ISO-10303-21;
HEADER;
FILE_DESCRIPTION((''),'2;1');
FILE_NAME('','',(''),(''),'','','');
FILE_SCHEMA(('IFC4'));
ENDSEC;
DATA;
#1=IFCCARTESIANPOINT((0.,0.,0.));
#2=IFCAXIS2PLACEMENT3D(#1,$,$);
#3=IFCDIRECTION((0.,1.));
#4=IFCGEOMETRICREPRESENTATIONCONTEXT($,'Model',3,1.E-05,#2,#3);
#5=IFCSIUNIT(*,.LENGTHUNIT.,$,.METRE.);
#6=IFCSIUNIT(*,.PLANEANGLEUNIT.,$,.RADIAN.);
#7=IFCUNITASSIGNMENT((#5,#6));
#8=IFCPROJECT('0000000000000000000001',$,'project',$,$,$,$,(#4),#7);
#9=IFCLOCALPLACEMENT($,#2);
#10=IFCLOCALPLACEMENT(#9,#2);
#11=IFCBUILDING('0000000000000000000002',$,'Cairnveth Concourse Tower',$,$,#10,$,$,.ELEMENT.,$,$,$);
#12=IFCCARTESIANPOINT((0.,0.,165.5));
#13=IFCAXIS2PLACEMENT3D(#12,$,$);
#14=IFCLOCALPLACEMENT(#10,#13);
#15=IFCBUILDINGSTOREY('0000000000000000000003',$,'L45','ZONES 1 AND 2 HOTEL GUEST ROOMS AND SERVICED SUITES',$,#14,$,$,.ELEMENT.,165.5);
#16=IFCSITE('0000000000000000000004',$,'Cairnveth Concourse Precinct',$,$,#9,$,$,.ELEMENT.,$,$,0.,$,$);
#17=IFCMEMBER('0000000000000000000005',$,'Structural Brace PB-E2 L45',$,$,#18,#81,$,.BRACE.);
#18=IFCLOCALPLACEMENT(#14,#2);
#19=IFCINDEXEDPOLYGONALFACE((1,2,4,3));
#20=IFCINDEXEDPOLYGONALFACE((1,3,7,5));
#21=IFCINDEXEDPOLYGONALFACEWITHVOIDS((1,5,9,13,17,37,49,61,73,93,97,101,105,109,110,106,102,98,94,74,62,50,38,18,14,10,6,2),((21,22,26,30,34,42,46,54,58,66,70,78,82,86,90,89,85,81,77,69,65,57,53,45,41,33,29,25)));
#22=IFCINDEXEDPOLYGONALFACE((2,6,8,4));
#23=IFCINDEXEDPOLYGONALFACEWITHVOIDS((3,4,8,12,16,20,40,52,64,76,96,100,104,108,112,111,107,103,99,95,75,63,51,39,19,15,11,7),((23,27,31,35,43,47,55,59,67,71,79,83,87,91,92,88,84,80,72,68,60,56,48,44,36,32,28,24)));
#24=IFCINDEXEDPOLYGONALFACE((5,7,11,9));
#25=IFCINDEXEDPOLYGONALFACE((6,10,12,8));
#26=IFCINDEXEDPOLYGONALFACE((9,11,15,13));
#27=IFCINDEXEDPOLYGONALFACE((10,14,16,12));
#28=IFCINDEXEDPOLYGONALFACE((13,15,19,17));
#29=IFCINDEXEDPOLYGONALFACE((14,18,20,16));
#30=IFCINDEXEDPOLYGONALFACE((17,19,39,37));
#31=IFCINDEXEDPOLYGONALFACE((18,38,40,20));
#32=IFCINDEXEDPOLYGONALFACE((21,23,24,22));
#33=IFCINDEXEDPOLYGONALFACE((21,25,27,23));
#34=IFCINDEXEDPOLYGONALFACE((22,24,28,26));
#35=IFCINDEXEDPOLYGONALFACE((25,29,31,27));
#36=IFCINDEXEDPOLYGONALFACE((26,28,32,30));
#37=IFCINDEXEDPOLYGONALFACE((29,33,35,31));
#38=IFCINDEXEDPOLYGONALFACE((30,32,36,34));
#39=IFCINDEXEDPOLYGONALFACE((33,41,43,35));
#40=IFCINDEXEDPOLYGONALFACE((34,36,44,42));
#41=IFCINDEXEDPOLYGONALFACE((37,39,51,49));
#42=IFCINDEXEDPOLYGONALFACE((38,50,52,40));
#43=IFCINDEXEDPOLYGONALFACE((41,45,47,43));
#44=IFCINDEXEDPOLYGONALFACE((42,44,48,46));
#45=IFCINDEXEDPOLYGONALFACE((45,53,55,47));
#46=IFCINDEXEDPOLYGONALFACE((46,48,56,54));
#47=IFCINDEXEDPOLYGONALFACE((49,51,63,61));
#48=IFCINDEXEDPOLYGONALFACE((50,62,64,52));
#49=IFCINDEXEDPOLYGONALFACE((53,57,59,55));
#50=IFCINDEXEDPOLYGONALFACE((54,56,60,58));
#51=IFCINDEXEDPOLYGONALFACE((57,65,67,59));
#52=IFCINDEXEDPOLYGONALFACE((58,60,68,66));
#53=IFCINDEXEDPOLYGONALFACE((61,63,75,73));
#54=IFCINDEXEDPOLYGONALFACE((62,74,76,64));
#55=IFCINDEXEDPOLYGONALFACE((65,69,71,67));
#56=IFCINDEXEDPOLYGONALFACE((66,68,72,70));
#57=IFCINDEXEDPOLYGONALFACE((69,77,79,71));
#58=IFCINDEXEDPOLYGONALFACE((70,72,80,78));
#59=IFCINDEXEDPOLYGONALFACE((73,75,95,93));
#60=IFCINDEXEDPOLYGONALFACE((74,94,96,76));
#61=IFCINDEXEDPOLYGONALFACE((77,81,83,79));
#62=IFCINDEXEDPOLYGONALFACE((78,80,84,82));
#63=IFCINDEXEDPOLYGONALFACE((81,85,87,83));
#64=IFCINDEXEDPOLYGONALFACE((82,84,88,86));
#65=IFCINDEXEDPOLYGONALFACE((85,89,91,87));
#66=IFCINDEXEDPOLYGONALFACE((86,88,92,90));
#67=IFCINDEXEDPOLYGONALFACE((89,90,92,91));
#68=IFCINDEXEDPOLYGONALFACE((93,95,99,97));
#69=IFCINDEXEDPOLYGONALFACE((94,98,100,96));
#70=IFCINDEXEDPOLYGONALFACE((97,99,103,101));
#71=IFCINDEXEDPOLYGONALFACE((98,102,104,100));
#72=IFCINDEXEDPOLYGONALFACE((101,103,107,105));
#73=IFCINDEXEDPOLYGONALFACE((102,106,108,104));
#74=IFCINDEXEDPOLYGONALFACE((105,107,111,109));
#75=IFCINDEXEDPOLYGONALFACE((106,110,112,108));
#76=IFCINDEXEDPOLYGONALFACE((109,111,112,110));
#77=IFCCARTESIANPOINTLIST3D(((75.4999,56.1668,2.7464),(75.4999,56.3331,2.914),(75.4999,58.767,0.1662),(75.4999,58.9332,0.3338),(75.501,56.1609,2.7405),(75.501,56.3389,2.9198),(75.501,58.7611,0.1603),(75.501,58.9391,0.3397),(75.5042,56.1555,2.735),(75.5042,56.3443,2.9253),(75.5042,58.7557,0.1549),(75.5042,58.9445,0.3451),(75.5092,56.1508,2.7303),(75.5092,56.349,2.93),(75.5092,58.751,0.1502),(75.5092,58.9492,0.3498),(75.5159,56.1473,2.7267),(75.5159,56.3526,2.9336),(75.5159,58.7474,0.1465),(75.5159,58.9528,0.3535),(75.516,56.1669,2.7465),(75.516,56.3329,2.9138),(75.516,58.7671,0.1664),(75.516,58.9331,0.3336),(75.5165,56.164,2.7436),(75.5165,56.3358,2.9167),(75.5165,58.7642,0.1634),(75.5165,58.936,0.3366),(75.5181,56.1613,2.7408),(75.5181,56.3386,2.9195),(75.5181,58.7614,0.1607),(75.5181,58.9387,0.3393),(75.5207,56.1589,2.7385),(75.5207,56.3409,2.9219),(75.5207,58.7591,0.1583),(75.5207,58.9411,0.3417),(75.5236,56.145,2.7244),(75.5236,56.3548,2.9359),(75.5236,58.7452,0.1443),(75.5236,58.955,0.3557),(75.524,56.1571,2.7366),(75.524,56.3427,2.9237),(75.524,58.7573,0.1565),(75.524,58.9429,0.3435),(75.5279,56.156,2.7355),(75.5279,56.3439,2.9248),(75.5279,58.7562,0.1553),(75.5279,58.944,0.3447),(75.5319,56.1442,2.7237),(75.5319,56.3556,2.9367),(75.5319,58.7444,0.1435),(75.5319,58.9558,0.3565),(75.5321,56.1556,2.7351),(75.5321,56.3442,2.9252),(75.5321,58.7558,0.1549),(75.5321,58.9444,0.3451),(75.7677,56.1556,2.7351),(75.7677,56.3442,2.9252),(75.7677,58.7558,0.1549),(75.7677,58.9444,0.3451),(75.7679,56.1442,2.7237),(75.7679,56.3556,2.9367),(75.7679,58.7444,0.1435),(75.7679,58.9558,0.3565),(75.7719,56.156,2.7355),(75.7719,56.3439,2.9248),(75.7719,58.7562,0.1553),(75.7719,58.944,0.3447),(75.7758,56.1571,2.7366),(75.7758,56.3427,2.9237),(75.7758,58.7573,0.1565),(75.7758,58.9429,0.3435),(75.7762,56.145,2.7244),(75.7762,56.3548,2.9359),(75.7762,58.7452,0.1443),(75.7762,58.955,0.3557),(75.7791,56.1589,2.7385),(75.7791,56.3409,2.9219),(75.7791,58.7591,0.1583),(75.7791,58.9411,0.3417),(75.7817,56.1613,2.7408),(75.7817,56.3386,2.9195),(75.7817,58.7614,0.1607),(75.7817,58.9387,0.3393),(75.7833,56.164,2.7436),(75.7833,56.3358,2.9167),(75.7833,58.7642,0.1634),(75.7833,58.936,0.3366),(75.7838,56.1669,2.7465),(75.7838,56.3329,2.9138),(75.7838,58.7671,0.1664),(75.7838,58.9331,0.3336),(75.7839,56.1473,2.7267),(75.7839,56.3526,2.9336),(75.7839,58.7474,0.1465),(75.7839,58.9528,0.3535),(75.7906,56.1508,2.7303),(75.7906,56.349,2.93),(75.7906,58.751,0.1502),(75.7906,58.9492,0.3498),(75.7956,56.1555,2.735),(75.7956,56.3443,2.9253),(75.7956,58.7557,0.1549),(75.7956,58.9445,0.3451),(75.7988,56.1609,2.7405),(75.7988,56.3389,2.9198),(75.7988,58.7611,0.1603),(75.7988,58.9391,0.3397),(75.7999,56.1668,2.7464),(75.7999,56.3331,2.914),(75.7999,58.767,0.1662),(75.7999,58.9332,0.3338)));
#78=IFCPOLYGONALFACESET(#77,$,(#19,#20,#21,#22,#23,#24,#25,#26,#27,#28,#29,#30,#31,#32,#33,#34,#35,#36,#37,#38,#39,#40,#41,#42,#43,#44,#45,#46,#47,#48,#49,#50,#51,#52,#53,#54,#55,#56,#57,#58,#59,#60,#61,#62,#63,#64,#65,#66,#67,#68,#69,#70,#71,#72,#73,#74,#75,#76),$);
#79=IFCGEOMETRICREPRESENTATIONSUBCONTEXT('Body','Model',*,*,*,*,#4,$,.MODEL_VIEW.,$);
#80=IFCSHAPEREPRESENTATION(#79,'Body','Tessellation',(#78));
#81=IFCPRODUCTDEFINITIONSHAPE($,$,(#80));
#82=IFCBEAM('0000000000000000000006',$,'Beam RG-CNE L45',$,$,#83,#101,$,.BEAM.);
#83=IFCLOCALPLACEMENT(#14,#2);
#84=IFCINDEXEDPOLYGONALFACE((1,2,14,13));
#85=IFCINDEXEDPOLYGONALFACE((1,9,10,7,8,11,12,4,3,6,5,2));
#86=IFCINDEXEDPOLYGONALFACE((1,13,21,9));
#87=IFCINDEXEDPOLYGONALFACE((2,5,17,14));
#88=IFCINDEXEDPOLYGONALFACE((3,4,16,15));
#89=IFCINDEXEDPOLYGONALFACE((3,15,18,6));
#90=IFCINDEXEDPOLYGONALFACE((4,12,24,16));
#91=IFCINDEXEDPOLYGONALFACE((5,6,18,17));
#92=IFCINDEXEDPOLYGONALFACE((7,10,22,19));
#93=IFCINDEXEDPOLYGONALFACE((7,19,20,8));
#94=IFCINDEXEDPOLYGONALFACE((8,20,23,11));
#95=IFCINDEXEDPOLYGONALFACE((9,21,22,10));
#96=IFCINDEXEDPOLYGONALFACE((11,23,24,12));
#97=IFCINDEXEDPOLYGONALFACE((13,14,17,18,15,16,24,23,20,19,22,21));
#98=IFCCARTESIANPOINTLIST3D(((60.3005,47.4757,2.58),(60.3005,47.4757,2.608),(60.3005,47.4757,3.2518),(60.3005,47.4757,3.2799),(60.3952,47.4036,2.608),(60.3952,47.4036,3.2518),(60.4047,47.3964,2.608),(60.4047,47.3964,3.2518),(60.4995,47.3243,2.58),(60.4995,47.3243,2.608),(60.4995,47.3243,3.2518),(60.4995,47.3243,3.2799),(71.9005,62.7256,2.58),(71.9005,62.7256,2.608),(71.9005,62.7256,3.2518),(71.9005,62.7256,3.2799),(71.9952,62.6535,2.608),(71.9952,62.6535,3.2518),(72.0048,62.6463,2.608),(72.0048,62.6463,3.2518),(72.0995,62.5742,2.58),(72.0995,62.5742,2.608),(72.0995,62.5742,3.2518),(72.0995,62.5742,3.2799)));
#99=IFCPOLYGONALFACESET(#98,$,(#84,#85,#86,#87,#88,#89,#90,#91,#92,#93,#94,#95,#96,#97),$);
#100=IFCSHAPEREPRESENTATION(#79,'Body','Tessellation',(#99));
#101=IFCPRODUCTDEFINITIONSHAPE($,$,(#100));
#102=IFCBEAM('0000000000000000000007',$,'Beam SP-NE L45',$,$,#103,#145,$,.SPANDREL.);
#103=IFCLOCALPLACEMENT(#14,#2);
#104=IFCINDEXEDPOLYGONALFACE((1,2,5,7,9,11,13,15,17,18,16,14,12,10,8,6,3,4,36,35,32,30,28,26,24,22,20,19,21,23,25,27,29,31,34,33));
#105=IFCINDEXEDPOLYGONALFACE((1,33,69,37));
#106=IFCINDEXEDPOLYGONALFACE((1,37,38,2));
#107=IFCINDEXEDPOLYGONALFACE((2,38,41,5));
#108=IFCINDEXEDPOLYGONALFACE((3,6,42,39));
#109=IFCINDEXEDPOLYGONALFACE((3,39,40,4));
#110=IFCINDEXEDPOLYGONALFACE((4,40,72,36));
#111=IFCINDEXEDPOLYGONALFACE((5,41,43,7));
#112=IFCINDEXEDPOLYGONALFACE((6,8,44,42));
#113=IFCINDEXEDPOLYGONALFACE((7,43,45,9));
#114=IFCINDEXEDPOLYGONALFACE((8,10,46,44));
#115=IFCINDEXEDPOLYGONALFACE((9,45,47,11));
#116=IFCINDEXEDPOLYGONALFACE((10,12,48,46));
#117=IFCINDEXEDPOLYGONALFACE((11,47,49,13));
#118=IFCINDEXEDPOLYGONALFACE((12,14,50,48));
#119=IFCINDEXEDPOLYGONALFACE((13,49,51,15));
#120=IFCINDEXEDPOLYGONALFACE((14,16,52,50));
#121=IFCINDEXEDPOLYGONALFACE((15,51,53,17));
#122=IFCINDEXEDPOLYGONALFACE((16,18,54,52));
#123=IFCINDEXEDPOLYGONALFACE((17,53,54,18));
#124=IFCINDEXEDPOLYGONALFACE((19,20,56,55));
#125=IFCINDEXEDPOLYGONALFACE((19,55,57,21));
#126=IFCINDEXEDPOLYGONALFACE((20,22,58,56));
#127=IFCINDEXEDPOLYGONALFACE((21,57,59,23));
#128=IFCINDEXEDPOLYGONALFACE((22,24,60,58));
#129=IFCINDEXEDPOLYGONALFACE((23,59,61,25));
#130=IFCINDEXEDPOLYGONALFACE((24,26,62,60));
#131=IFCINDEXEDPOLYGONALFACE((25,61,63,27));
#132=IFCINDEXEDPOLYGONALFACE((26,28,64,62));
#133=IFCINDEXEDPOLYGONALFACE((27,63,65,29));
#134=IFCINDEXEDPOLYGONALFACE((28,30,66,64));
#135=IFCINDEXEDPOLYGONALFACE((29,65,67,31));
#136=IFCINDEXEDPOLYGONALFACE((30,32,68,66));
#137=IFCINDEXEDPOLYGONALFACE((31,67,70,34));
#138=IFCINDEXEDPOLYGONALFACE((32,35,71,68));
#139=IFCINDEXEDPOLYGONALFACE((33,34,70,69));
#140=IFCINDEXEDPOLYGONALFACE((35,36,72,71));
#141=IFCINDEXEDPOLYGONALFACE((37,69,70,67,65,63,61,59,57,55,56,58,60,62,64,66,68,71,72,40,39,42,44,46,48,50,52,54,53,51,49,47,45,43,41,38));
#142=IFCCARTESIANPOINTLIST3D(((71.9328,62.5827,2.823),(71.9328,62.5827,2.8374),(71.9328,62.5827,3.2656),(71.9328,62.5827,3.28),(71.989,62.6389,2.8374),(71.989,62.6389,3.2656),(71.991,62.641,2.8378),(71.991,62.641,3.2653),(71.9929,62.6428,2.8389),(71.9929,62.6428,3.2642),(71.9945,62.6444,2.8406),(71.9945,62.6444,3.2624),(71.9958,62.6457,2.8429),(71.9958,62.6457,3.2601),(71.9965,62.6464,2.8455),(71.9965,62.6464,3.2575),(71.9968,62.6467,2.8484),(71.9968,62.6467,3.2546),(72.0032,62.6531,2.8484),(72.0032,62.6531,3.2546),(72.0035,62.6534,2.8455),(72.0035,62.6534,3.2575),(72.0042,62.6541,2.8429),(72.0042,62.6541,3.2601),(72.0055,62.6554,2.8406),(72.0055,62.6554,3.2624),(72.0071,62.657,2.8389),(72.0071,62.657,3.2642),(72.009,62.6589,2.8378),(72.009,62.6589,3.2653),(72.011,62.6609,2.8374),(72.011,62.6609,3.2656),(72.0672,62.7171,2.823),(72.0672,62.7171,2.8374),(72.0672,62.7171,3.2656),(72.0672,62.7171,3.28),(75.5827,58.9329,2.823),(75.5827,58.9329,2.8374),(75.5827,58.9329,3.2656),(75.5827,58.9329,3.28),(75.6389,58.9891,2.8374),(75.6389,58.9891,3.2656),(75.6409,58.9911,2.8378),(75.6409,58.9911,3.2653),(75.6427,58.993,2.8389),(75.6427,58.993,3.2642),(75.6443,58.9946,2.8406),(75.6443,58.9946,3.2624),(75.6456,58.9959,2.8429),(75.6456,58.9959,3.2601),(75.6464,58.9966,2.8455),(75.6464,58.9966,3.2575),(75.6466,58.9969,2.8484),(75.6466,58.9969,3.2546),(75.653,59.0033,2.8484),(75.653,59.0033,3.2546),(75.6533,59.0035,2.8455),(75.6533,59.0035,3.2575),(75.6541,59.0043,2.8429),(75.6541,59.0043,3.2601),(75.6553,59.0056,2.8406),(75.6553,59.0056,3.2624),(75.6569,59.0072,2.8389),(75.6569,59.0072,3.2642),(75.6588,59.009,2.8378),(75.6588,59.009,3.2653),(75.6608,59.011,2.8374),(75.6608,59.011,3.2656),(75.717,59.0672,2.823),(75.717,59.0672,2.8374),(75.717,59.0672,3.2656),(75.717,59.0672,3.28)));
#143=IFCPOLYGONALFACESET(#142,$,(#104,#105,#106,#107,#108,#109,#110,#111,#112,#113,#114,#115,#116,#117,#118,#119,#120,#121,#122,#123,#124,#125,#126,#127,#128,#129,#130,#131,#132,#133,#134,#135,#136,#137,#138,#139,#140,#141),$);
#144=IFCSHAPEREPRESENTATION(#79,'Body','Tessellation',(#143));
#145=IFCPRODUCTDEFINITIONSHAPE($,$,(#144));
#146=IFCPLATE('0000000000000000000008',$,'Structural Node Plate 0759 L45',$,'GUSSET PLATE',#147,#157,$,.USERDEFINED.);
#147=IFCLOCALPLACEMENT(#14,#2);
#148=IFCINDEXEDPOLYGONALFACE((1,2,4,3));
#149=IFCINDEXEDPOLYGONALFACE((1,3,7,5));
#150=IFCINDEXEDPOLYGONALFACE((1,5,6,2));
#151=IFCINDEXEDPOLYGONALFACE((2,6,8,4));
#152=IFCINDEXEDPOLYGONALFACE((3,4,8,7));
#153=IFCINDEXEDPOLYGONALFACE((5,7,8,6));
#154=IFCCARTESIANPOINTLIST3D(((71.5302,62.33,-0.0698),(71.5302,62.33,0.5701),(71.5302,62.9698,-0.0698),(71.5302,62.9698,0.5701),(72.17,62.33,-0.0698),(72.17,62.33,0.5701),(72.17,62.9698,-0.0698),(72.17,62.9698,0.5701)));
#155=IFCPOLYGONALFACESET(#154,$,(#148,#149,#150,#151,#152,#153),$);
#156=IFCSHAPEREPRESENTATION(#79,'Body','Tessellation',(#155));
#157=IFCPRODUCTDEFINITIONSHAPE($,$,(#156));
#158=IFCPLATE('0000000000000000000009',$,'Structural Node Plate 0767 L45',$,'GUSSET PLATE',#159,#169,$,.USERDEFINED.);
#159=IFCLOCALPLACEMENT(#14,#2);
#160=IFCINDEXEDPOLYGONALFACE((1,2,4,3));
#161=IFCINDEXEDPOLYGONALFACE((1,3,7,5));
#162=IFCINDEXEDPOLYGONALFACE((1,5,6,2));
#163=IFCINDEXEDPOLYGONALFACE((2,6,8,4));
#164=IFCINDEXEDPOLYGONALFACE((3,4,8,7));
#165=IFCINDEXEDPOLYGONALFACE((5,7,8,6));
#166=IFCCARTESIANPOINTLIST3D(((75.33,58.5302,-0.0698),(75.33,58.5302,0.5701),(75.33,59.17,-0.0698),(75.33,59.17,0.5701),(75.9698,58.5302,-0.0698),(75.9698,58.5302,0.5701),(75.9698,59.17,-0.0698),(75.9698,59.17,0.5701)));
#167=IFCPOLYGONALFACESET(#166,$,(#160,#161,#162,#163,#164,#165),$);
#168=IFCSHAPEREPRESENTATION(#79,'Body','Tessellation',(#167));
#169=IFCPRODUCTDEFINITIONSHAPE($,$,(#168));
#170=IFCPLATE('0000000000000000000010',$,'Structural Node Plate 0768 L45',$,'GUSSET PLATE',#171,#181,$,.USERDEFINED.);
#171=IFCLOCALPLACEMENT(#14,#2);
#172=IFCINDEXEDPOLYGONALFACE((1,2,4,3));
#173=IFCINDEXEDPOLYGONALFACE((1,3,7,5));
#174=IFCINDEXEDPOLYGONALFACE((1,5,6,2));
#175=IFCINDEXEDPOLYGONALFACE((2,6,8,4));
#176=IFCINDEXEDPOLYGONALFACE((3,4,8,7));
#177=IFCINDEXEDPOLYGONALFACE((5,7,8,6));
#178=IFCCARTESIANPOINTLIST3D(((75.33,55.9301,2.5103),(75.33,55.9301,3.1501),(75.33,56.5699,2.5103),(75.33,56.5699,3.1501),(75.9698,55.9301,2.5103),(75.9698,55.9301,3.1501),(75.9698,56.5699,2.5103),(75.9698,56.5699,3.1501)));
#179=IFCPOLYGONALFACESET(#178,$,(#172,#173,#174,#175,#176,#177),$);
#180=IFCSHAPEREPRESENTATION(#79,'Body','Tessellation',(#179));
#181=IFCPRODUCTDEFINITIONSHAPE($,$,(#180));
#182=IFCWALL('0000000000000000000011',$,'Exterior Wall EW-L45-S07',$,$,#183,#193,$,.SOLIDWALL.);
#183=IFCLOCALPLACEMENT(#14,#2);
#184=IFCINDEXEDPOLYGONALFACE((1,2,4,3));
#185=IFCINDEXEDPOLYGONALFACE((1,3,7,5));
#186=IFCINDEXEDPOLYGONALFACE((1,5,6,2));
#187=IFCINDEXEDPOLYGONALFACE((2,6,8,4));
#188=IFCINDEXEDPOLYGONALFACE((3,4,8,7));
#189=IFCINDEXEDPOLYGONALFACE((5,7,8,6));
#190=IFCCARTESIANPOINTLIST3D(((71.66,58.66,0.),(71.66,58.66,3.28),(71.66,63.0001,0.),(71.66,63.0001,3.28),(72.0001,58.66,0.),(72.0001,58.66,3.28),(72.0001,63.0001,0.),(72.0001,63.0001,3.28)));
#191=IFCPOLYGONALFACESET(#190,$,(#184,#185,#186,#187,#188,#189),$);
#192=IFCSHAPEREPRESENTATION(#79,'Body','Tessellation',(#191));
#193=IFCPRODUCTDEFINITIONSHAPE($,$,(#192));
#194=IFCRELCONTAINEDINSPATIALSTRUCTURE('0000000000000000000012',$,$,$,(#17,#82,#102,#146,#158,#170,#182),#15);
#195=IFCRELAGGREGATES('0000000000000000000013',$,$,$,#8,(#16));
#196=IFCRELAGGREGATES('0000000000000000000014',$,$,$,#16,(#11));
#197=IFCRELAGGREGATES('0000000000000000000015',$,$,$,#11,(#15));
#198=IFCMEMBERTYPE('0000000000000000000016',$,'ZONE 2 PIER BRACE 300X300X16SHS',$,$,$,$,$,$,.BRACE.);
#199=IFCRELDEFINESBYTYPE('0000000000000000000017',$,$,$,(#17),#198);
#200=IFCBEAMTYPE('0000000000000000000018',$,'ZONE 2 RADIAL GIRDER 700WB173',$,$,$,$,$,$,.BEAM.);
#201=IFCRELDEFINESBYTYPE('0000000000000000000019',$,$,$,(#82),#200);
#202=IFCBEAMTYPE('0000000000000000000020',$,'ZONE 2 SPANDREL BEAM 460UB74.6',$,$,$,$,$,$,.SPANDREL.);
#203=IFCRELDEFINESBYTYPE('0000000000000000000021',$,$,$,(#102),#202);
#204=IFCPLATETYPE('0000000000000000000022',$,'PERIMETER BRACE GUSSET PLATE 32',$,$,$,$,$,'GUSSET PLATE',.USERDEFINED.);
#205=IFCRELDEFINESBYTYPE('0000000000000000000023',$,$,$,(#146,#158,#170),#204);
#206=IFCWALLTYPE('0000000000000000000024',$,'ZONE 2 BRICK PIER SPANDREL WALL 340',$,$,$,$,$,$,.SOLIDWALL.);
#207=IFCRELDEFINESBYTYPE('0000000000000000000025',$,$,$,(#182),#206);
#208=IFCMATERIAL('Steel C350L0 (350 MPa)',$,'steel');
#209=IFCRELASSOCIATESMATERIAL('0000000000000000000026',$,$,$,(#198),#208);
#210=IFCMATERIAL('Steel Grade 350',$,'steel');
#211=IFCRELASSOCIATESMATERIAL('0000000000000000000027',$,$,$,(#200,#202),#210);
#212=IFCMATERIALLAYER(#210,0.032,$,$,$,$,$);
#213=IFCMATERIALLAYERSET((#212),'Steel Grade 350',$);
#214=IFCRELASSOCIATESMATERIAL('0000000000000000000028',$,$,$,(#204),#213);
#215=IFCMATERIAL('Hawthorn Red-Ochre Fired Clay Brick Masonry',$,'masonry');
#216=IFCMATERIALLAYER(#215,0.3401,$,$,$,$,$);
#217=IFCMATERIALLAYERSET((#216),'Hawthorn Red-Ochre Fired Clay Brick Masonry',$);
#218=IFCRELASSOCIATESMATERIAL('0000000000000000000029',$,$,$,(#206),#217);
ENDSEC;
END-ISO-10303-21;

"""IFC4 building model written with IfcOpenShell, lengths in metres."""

from ifc_helpers import new_model, si_unit, direction, frame, frame_2d, origin, origin_2d, place, context, subcontext, project, spatial, rectangle, hollow_rectangle, i_section, extrude, material, layer, layer_set, material_profile, profile_set, type_object, element, save


model = new_model("IFC4")

# Units and contexts
model_context = context("Model", 3, precision=1e-05, world=origin(), true_north=direction((0.0, 1.0)))
body_context = subcontext(model_context, "Body", "Model", "MODEL_VIEW")
ifc_project = project(units=[si_unit("LENGTHUNIT", "METRE"), si_unit("PLANEANGLEUNIT", "RADIAN")], contexts=[model_context])

# Site, building, storey
site_placement = place(None, origin())
site = spatial("IfcSite", under=ifc_project, at=site_placement, Name="Cairnveth Concourse Precinct", CompositionType="ELEMENT", RefElevation=0.0)
building_placement = place(site_placement, origin())
building = spatial("IfcBuilding", under=site, at=building_placement, Name="Cairnveth Concourse Tower", CompositionType="ELEMENT")
storey_placement = place(building_placement, frame((0.0, 0.0, 165.5)))
storey = spatial("IfcBuildingStorey", under=building, at=storey_placement, Name="L45", Description="ZONES 1 AND 2 HOTEL GUEST ROOMS AND SERVICED SUITES", CompositionType="ELEMENT", Elevation=165.5)

# Shared definitions
ifc_material_1 = material(Name="Steel Grade 350", Category="steel")

# Member
ifc_material_2 = material(Name="Steel C350L0 (350 MPa)", Category="steel")
ifc_material_profile_1 = material_profile(ifc_material_2, hollow_rectangle(XDim=0.3, YDim=0.3, WallThickness=0.0161, InnerFilletRadius=0.0161, OuterFilletRadius=0.032, at=origin_2d()), Name="300x300x16.0SHS")
ifc_profile_set_1 = profile_set([ifc_material_profile_1], Name="Steel C350L0 (350 MPa)")
member_type = type_object("IfcMemberType", Name="ZONE 2 PIER BRACE 300X300X16SHS", PredefinedType="BRACE", material=ifc_profile_set_1)
for number, where, z_axis, x_axis, name in (
    (1, (75.6499, 58.8501, 0.25), (0.0, -0.709834, 0.704369), (1.0, 0.0, 0.0), "Structural Brace PB-E2 L45"),
):
    element("IfcMember", number, at=place(storey_placement, frame(where, z_axis=z_axis, x_axis=x_axis)), inside=storey, type_object=member_type, Name=name, PredefinedType="BRACE", context=body_context, shape_type="SweptSolid", body=[
        extrude(hollow_rectangle(XDim=0.3, YDim=0.3, WallThickness=0.0161, InnerFilletRadius=0.0161, OuterFilletRadius=0.032, at=origin_2d()), origin(), (0.0, 0.0, 1.0), 3.6631),
    ])

# Beams
ifc_material_profile_2 = material_profile(ifc_material_1, i_section(OverallWidth=0.25, OverallDepth=0.7, WebThickness=0.012, FlangeThickness=0.0281, at=origin_2d()), Name="700WB173")
ifc_profile_set_2 = profile_set([ifc_material_profile_2], Name="Steel Grade 350")
beam_type_1 = type_object("IfcBeamType", Name="ZONE 2 RADIAL GIRDER 700WB173", PredefinedType="BEAM", material=ifc_profile_set_2)
beam_1_placement = place(storey_placement, frame((72.0, 62.6499, 2.9299), z_axis=(-0.605417, -0.795908, 0.0), x_axis=(0.795908, -0.605417, 0.0)))
element("IfcBeam", 2, at=beam_1_placement, inside=storey, type_object=beam_type_1, Name="Beam RG-CNE L45", PredefinedType="BEAM", context=body_context, shape_type="SweptSolid", body=[
    extrude(i_section(OverallWidth=0.25, OverallDepth=0.7, WebThickness=0.012, FlangeThickness=0.0281, at=origin_2d()), origin(), (0.0, 0.0, 1.0), 19.1604),
])
ifc_material_profile_3 = material_profile(ifc_material_1, i_section(OverallWidth=0.1899, OverallDepth=0.457, WebThickness=0.009, FlangeThickness=0.0144, FilletRadius=0.011, at=origin_2d()), Name="460UB74.6")
ifc_profile_set_3 = profile_set([ifc_material_profile_3], Name="Steel Grade 350")
beam_type_2 = type_object("IfcBeamType", Name="ZONE 2 SPANDREL BEAM 460UB74.6", PredefinedType="SPANDREL", material=ifc_profile_set_3)
beam_2_placement = place(storey_placement, frame((72.0, 62.6499, 3.0515), z_axis=(0.707107, -0.707107, 0.0), x_axis=(0.707107, 0.707107, 0.0)))
element("IfcBeam", 3, at=beam_2_placement, inside=storey, type_object=beam_type_2, Name="Beam SP-NE L45", PredefinedType="SPANDREL", context=body_context, shape_type="SweptSolid", body=[
    extrude(i_section(OverallWidth=0.1899, OverallDepth=0.457, WebThickness=0.009, FlangeThickness=0.0144, FilletRadius=0.011, at=origin_2d()), origin(), (0.0, 0.0, 1.0), 5.1616),
])

# Plates
ifc_layer_1 = layer(ifc_material_1, 0.032)
ifc_layer_set_1 = layer_set([ifc_layer_1], Name="Steel Grade 350")
plate_type = type_object("IfcPlateType", Name="PERIMETER BRACE GUSSET PLATE 32", ElementType="GUSSET PLATE", PredefinedType="USERDEFINED", material=ifc_layer_set_1)
for number, where, z_axis, x_axis, name in (
    (4, (71.8501, 62.6499, -0.0698), (0.0, 0.0, 1.0), (1.0, 0.0, 0.0), "Structural Node Plate 0759 L45"),
    (5, (75.6499, 58.8501, -0.0698), (0.0, 0.0, 1.0), (1.0, 0.0, 0.0), "Structural Node Plate 0767 L45"),
    (6, (75.6499, 56.25, 2.5103), (0.0, 0.0, 1.0), (1.0, 0.0, 0.0), "Structural Node Plate 0768 L45"),
):
    element("IfcPlate", number, at=place(storey_placement, frame(where, z_axis=z_axis, x_axis=x_axis)), inside=storey, type_object=plate_type, Name=name, ObjectType="GUSSET PLATE", PredefinedType="USERDEFINED", context=body_context, shape_type="SweptSolid", body=[
        extrude(rectangle(XDim=0.6399, YDim=0.6399, at=origin_2d()), origin(), (0.0, 0.0, 1.0), 0.6399),
    ])

# Wall
ifc_material_3 = material(Name="Hawthorn Red-Ochre Fired Clay Brick Masonry", Category="masonry")
ifc_layer_2 = layer(ifc_material_3, 0.3401)
ifc_layer_set_2 = layer_set([ifc_layer_2], Name="Hawthorn Red-Ochre Fired Clay Brick Masonry")
wall_type = type_object("IfcWallType", Name="ZONE 2 BRICK PIER SPANDREL WALL 340", PredefinedType="SOLIDWALL", material=ifc_layer_set_2)
wall_1_placement = place(storey_placement, frame((71.8301, 63.0, 0.0), z_axis=(0.0, 0.0, 1.0), x_axis=(0.0, -1.0, 0.0)))
element("IfcWall", 7, at=wall_1_placement, inside=storey, type_object=wall_type, Name="Exterior Wall EW-L45-S07", PredefinedType="SOLIDWALL", context=body_context, shape_type="SweptSolid", body=[
    extrude(rectangle(XDim=4.3401, YDim=0.3401, at=frame_2d((2.1699, 0.0))), origin(), (0.0, 0.0, 1.0), 3.28),
])

save(model, "model.ifc")
